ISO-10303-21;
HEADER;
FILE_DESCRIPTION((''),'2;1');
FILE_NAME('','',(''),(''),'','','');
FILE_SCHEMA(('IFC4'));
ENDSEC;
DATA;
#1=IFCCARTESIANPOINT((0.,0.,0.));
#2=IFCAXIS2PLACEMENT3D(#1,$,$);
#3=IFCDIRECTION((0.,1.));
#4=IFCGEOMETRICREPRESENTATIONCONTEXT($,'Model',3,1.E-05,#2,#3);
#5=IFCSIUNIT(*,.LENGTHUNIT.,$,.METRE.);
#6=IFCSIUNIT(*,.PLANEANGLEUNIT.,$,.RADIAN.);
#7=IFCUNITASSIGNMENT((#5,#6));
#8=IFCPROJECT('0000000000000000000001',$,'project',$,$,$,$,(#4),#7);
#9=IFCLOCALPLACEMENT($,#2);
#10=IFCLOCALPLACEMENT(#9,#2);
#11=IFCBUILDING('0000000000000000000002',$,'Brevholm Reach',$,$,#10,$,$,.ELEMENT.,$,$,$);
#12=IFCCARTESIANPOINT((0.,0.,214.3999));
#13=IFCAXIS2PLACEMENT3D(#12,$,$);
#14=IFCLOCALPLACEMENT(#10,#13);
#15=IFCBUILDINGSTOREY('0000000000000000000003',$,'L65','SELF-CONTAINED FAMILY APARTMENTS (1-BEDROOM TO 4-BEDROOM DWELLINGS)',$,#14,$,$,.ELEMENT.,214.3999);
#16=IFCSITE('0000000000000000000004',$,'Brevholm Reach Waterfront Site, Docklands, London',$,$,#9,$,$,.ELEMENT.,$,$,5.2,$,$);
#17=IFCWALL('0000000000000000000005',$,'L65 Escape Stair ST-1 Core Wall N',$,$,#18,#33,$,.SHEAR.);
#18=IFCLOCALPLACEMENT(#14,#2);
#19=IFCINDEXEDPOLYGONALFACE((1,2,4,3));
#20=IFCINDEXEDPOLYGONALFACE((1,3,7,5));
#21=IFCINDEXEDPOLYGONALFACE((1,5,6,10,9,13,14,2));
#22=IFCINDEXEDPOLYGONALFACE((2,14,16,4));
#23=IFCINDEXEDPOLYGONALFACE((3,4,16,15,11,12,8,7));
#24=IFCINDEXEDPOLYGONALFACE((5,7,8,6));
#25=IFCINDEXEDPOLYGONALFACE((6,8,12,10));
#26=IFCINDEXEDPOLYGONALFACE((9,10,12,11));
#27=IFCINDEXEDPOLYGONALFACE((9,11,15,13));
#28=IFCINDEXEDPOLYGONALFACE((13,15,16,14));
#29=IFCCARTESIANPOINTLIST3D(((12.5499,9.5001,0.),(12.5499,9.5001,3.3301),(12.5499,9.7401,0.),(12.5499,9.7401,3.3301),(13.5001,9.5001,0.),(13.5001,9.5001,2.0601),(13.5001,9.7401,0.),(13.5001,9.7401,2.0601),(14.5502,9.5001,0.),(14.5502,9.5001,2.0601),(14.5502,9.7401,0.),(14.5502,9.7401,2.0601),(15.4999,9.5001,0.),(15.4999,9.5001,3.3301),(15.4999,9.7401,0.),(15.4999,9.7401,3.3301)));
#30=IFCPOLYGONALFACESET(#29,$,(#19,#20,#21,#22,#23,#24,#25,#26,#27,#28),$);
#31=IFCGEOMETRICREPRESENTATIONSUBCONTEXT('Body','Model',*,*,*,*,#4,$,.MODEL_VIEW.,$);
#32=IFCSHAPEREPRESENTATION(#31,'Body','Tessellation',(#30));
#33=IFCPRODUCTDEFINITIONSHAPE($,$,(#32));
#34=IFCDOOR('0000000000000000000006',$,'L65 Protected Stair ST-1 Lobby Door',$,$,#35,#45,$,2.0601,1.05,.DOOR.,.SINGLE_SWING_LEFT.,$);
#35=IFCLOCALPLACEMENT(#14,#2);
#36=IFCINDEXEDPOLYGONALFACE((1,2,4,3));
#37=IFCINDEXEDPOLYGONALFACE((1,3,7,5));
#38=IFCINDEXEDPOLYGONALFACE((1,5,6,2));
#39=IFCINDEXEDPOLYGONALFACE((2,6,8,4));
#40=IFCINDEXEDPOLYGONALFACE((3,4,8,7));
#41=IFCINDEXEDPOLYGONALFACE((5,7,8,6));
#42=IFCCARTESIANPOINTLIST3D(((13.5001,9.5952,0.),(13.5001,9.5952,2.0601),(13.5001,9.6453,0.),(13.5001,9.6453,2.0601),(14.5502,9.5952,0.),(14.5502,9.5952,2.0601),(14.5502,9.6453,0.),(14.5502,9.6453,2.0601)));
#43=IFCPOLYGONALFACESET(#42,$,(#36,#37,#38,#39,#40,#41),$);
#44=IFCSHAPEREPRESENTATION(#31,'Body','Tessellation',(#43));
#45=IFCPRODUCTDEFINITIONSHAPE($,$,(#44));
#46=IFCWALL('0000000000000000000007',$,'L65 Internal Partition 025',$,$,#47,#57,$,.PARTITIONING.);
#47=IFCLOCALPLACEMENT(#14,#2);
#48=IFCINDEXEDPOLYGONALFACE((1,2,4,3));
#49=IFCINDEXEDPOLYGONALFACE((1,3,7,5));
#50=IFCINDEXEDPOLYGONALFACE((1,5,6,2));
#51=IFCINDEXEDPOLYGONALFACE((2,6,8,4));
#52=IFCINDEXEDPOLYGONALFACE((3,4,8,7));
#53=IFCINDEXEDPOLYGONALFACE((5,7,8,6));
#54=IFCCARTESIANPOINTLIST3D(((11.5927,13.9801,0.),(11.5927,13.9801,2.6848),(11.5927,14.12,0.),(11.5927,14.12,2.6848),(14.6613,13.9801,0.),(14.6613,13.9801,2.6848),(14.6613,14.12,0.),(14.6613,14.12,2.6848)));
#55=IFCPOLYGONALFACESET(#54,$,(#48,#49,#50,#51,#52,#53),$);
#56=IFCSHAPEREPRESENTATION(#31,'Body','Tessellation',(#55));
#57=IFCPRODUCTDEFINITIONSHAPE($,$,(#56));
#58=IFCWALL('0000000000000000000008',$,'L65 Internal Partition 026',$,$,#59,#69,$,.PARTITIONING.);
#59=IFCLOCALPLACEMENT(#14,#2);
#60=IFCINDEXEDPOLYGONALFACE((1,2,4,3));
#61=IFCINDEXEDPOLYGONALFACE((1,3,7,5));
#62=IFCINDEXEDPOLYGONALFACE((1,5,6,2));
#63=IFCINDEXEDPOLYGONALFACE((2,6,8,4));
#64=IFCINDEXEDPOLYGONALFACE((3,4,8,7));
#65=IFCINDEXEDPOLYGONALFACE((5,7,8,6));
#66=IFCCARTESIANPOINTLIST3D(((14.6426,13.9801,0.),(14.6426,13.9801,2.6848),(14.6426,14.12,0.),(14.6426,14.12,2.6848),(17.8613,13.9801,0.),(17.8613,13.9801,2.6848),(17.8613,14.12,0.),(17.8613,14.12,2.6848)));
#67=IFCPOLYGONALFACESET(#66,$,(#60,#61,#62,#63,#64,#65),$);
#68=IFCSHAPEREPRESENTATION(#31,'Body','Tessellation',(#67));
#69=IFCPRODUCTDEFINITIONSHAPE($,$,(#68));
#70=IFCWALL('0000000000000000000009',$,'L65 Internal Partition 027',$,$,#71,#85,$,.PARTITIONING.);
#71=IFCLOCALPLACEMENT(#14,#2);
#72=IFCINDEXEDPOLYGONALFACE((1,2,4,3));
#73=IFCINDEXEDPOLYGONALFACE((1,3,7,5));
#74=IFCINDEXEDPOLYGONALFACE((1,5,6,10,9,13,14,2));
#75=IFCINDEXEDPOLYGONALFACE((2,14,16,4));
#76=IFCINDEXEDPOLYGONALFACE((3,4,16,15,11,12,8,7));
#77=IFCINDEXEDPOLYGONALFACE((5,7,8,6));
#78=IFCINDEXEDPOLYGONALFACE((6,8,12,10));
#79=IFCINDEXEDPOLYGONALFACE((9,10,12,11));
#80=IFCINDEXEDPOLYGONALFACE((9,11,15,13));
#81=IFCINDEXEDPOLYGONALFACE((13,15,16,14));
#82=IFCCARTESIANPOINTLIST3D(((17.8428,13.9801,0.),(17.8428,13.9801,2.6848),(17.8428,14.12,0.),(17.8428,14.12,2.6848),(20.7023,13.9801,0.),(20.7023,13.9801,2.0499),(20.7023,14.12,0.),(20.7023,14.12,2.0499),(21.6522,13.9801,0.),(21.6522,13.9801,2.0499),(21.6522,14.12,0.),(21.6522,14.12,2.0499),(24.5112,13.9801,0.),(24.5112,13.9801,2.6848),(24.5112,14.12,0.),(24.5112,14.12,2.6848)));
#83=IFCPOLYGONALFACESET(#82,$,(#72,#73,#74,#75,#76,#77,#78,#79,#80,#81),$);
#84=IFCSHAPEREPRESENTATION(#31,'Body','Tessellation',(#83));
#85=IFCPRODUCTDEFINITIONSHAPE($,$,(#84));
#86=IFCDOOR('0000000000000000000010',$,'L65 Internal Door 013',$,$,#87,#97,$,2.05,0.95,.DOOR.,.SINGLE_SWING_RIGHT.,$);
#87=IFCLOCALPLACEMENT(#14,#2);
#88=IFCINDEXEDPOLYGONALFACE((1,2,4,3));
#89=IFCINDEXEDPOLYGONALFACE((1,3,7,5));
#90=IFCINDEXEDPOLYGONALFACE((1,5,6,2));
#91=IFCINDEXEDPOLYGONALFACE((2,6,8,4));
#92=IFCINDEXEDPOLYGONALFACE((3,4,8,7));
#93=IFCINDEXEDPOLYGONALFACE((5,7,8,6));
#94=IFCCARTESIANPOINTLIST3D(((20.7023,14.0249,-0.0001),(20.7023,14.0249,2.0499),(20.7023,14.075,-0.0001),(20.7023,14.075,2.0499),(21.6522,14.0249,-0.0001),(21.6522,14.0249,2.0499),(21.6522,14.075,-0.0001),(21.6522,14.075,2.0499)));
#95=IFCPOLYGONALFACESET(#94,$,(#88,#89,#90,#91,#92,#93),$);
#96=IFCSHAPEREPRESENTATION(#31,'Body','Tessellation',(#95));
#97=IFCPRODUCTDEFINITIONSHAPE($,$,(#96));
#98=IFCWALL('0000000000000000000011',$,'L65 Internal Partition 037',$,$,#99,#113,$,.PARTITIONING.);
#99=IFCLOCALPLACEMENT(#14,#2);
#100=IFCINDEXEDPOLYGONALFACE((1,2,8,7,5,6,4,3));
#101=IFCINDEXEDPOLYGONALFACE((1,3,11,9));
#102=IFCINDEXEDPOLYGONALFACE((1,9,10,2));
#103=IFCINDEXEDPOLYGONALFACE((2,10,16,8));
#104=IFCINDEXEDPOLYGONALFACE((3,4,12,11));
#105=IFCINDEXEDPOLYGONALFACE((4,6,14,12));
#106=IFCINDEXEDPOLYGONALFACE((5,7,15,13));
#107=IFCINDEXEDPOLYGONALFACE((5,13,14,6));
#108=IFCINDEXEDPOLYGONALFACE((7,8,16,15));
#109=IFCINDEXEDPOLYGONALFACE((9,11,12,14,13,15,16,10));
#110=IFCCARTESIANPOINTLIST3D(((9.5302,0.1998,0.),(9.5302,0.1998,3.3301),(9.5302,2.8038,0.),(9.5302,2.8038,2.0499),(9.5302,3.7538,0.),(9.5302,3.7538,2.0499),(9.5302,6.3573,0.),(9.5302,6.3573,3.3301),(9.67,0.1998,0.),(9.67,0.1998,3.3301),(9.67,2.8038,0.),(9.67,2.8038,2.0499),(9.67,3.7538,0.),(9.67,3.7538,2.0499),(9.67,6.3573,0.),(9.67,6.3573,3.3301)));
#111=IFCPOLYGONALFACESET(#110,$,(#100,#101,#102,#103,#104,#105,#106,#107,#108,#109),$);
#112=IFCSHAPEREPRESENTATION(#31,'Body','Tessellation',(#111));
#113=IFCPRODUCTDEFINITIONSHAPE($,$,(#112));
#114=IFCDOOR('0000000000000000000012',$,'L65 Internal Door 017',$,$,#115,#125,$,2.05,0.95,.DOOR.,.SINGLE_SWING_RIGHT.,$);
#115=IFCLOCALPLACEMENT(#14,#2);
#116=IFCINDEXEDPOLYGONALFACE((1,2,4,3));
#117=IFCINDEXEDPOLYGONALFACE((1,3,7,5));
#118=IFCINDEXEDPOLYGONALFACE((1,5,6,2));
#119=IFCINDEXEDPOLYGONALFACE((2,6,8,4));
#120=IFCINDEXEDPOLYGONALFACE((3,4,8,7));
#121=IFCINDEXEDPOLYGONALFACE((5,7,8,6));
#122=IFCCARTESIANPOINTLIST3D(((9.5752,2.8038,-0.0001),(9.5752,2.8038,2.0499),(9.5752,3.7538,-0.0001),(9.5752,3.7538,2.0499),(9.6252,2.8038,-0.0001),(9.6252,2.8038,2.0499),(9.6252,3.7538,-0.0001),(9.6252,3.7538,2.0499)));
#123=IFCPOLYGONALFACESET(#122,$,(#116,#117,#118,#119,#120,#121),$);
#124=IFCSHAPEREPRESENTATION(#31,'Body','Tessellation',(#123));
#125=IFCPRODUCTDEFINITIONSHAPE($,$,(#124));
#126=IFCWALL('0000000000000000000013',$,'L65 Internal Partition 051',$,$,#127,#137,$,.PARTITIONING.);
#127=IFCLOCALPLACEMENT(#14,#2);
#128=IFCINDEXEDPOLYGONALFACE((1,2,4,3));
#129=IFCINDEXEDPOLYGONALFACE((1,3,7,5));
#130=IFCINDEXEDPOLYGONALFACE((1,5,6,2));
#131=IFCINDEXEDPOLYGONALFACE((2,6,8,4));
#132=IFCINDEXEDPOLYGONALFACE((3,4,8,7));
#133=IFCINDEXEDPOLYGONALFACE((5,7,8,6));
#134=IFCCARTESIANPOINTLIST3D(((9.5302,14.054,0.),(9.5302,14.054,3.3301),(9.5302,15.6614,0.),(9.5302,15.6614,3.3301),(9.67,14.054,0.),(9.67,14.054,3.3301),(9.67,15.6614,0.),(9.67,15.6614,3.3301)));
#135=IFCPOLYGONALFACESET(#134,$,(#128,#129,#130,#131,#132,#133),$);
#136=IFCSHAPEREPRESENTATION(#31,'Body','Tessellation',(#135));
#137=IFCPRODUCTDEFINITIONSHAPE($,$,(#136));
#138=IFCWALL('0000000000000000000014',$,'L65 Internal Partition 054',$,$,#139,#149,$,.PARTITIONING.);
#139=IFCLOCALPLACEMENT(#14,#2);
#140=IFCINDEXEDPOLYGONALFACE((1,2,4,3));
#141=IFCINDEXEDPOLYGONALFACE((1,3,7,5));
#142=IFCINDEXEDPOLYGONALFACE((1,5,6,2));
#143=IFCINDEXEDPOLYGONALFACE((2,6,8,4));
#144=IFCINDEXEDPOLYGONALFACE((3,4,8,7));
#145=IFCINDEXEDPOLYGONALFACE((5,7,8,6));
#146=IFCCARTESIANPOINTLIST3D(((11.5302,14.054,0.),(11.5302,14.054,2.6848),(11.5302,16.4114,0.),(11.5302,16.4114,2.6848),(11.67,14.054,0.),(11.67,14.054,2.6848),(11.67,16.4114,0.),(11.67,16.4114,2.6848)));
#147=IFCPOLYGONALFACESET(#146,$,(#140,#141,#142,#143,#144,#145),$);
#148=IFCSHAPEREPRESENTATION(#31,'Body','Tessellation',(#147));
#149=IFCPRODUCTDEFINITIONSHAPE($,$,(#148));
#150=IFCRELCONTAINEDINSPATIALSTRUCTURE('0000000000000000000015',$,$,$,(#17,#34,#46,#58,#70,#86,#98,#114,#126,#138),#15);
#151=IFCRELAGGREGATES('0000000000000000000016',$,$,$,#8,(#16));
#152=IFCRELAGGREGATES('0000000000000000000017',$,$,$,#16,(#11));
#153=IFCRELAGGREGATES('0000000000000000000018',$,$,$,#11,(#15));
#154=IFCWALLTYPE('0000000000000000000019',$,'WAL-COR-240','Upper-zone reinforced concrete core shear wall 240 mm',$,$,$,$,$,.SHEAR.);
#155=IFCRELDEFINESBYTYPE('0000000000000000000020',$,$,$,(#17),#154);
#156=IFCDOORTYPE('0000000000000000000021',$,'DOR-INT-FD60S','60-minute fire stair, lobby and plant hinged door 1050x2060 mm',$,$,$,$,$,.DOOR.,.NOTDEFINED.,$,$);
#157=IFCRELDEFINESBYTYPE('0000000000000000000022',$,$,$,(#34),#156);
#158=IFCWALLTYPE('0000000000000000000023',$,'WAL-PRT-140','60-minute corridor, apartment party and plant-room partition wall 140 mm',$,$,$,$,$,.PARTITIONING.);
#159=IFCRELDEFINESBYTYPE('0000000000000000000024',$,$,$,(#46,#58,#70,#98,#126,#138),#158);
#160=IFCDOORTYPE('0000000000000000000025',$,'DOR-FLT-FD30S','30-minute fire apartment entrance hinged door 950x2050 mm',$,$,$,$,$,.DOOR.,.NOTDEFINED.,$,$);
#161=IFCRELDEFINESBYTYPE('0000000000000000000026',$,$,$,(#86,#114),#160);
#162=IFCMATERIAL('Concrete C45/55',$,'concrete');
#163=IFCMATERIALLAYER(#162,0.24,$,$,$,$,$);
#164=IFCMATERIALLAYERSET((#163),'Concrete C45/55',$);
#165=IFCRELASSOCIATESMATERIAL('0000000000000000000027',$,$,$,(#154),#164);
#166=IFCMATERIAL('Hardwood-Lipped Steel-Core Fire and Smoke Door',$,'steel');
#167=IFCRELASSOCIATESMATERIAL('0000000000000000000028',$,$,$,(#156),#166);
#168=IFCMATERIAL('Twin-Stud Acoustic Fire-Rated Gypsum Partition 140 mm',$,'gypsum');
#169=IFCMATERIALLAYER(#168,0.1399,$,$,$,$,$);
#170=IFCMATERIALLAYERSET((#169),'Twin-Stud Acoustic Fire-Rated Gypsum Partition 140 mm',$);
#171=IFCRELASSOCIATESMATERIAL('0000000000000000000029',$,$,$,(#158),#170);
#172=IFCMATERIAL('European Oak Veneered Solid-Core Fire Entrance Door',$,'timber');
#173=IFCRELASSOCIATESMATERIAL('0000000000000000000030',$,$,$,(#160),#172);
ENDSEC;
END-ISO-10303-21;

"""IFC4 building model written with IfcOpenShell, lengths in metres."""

from ifc_helpers import new_model, si_unit, direction, frame, frame_2d, origin, place, context, subcontext, project, spatial, rectangle, extrude, material, layer, layer_set, type_object, element, fill, save


model = new_model("IFC4")

# Units and contexts
model_context = context("Model", 3, precision=1e-05, world=origin(), true_north=direction((0.0, 1.0)))
body_context = subcontext(model_context, "Body", "Model", "MODEL_VIEW")
ifc_project = project(units=[si_unit("LENGTHUNIT", "METRE"), si_unit("PLANEANGLEUNIT", "RADIAN")], contexts=[model_context])

# Site, building, storey
site_placement = place(None, origin())
site = spatial("IfcSite", under=ifc_project, at=site_placement, Name="Brevholm Reach Waterfront Site, Docklands, London", CompositionType="ELEMENT", RefElevation=5.2)
building_placement = place(site_placement, origin())
building = spatial("IfcBuilding", under=site, at=building_placement, Name="Brevholm Reach", CompositionType="ELEMENT")
storey_placement = place(building_placement, frame((0.0, 0.0, 214.3999)))
storey = spatial("IfcBuildingStorey", under=building, at=storey_placement, Name="L65", Description="SELF-CONTAINED FAMILY APARTMENTS (1-BEDROOM TO 4-BEDROOM DWELLINGS)", CompositionType="ELEMENT", Elevation=214.3999)

# Shared definitions
ifc_material_1 = material(Name="Concrete C45/55", Category="concrete")
ifc_layer_1 = layer(ifc_material_1, 0.24)
ifc_layer_set_1 = layer_set([ifc_layer_1], Name="Concrete C45/55")
wall_type_1 = type_object("IfcWallType", Name="WAL-COR-240", Description="Upper-zone reinforced concrete core shear wall 240 mm", PredefinedType="SHEAR", material=ifc_layer_set_1)

# Wall, opening, door
wall_1_placement = place(storey_placement, frame((15.5, 9.6201, 0.0), z_axis=(0.0, 0.0, 1.0), x_axis=(-1.0, 0.0, 0.0)))
wall_1 = element("IfcWall", 1, at=wall_1_placement, inside=storey, type_object=wall_type_1, Name="L65 Escape Stair ST-1 Core Wall N", PredefinedType="SHEAR", context=body_context, shape_type="SweptSolid", body=[
    extrude(rectangle(XDim=2.95, YDim=0.24, at=frame_2d((1.4751, 0.0))), origin(), (0.0, 0.0, 1.0), 3.3301),
])
opening_1_placement = place(wall_1_placement, frame((0.95, 0.0, 0.0)))
opening_1 = element("IfcOpeningElement", 2, at=opening_1_placement, cuts=wall_1, PredefinedType="OPENING", context=body_context, shape_type="SweptSolid", body=[
    extrude(rectangle(XDim=1.05, YDim=2.0601, at=frame_2d((0.5249, 1.03))), frame((0.0, 0.1299, 0.0), z_axis=(0.0, -1.0, 0.0), x_axis=(1.0, 0.0, 0.0)), (0.0, 0.0, 1.0), 0.26),
])
ifc_material_2 = material(Name="Hardwood-Lipped Steel-Core Fire and Smoke Door", Category="steel")
door_type_1 = type_object("IfcDoorType", Name="DOR-INT-FD60S", Description="60-minute fire stair, lobby and plant hinged door 1050x2060 mm", OperationType="NOTDEFINED", PredefinedType="DOOR", material=ifc_material_2)
door_1_placement = place(opening_1_placement, origin())
door_1 = element("IfcDoor", 3, at=door_1_placement, inside=storey, type_object=door_type_1, Name="L65 Protected Stair ST-1 Lobby Door", OperationType="SINGLE_SWING_LEFT", OverallHeight=2.0601, OverallWidth=1.05, PredefinedType="DOOR", context=body_context, shape_type="SweptSolid", body=[
    extrude(rectangle(XDim=1.05, YDim=2.0601, at=frame_2d((0.5249, 1.03))), frame((0.0, 0.0249, 0.0), z_axis=(0.0, -1.0, 0.0), x_axis=(1.0, 0.0, 0.0)), (0.0, 0.0, 1.0), 0.05),
])
fill(opening_1, door_1)

# Walls
ifc_material_3 = material(Name="Twin-Stud Acoustic Fire-Rated Gypsum Partition 140 mm", Category="gypsum")
ifc_layer_2 = layer(ifc_material_3, 0.1399)
ifc_layer_set_2 = layer_set([ifc_layer_2], Name="Twin-Stud Acoustic Fire-Rated Gypsum Partition 140 mm")
wall_type_2 = type_object("IfcWallType", Name="WAL-PRT-140", Description="60-minute corridor, apartment party and plant-room partition wall 140 mm", PredefinedType="PARTITIONING", material=ifc_layer_set_2)
wall_2_placement = place(storey_placement, frame((11.5928, 14.05, 0.0), z_axis=(0.0, 0.0, 1.0), x_axis=(1.0, 0.0, 0.0)))
element("IfcWall", 4, at=wall_2_placement, inside=storey, type_object=wall_type_2, Name="L65 Internal Partition 025", PredefinedType="PARTITIONING", context=body_context, shape_type="SweptSolid", body=[
    extrude(rectangle(XDim=3.0686, YDim=0.1399, at=frame_2d((1.5342, 0.0))), origin(), (0.0, 0.0, 1.0), 2.6848),
])
wall_3_placement = place(storey_placement, frame((14.6426, 14.05, 0.0), z_axis=(0.0, 0.0, 1.0), x_axis=(1.0, 0.0, 0.0)))
element("IfcWall", 5, at=wall_3_placement, inside=storey, type_object=wall_type_2, Name="L65 Internal Partition 026", PredefinedType="PARTITIONING", context=body_context, shape_type="SweptSolid", body=[
    extrude(rectangle(XDim=3.2188, YDim=0.1399, at=frame_2d((1.6094, 0.0))), origin(), (0.0, 0.0, 1.0), 2.6848),
])

# Walls, openings, doors
wall_4_placement = place(storey_placement, frame((17.8428, 14.05, 0.0), z_axis=(0.0, 0.0, 1.0), x_axis=(1.0, 0.0, 0.0)))
wall_4 = element("IfcWall", 6, at=wall_4_placement, inside=storey, type_object=wall_type_2, Name="L65 Internal Partition 027", PredefinedType="PARTITIONING", context=body_context, shape_type="SweptSolid", body=[
    extrude(rectangle(XDim=6.6685, YDim=0.1399, at=frame_2d((3.3342, 0.0))), origin(), (0.0, 0.0, 1.0), 2.6848),
])
opening_2_placement = place(wall_4_placement, frame((2.8594, 0.0, 0.0)))
opening_2 = element("IfcOpeningElement", 7, at=opening_2_placement, cuts=wall_4, PredefinedType="OPENING", context=body_context, shape_type="SweptSolid", body=[
    extrude(rectangle(XDim=0.95, YDim=2.05, at=frame_2d((0.4751, 1.0249))), frame((0.0, 0.0798, 0.0), z_axis=(0.0, -1.0, 0.0), x_axis=(1.0, 0.0, 0.0)), (0.0, 0.0, 1.0), 0.1599),
])
ifc_material_4 = material(Name="European Oak Veneered Solid-Core Fire Entrance Door", Category="timber")
door_type_2 = type_object("IfcDoorType", Name="DOR-FLT-FD30S", Description="30-minute fire apartment entrance hinged door 950x2050 mm", OperationType="NOTDEFINED", PredefinedType="DOOR", material=ifc_material_4)
door_2_placement = place(opening_2_placement, origin())
door_2 = element("IfcDoor", 8, at=door_2_placement, inside=storey, type_object=door_type_2, Name="L65 Internal Door 013", OperationType="SINGLE_SWING_RIGHT", OverallHeight=2.05, OverallWidth=0.95, PredefinedType="DOOR", context=body_context, shape_type="SweptSolid", body=[
    extrude(rectangle(XDim=0.95, YDim=2.05, at=frame_2d((0.4751, 1.0249))), frame((0.0, 0.0249, 0.0), z_axis=(0.0, -1.0, 0.0), x_axis=(1.0, 0.0, 0.0)), (0.0, 0.0, 1.0), 0.05),
])
fill(opening_2, door_2)
wall_5_placement = place(storey_placement, frame((9.6001, 0.2, 0.0), z_axis=(0.0, 0.0, 1.0), x_axis=(0.0, 1.0, 0.0)))
wall_5 = element("IfcWall", 9, at=wall_5_placement, inside=storey, type_object=wall_type_2, Name="L65 Internal Partition 037", PredefinedType="PARTITIONING", context=body_context, shape_type="SweptSolid", body=[
    extrude(rectangle(XDim=6.1575, YDim=0.1399, at=frame_2d((3.0786, 0.0))), origin(), (0.0, 0.0, 1.0), 3.3301),
])
opening_3_placement = place(wall_5_placement, frame((2.6038, 0.0, 0.0)))
opening_3 = element("IfcOpeningElement", 10, at=opening_3_placement, cuts=wall_5, PredefinedType="OPENING", context=body_context, shape_type="SweptSolid", body=[
    extrude(rectangle(XDim=0.95, YDim=2.05, at=frame_2d((0.4751, 1.0249))), frame((0.0, 0.0798, 0.0), z_axis=(0.0, -1.0, 0.0), x_axis=(1.0, 0.0, 0.0)), (0.0, 0.0, 1.0), 0.1599),
])
door_3_placement = place(opening_3_placement, origin())
door_3 = element("IfcDoor", 11, at=door_3_placement, inside=storey, type_object=door_type_2, Name="L65 Internal Door 017", OperationType="SINGLE_SWING_RIGHT", OverallHeight=2.05, OverallWidth=0.95, PredefinedType="DOOR", context=body_context, shape_type="SweptSolid", body=[
    extrude(rectangle(XDim=0.95, YDim=2.05, at=frame_2d((0.4751, 1.0249))), frame((0.0, 0.0249, 0.0), z_axis=(0.0, -1.0, 0.0), x_axis=(1.0, 0.0, 0.0)), (0.0, 0.0, 1.0), 0.05),
])
fill(opening_3, door_3)

# Walls
wall_6_placement = place(storey_placement, frame((9.6001, 14.054, 0.0), z_axis=(0.0, 0.0, 1.0), x_axis=(0.0, 1.0, 0.0)))
element("IfcWall", 12, at=wall_6_placement, inside=storey, type_object=wall_type_2, Name="L65 Internal Partition 051", PredefinedType="PARTITIONING", context=body_context, shape_type="SweptSolid", body=[
    extrude(rectangle(XDim=1.6074, YDim=0.1399, at=frame_2d((0.8037, 0.0))), origin(), (0.0, 0.0, 1.0), 3.3301),
])
wall_7_placement = place(storey_placement, frame((11.6001, 14.054, 0.0), z_axis=(0.0, 0.0, 1.0), x_axis=(0.0, 1.0, 0.0)))
element("IfcWall", 13, at=wall_7_placement, inside=storey, type_object=wall_type_2, Name="L65 Internal Partition 054", PredefinedType="PARTITIONING", context=body_context, shape_type="SweptSolid", body=[
    extrude(rectangle(XDim=2.3574, YDim=0.1399, at=frame_2d((1.1787, 0.0))), origin(), (0.0, 0.0, 1.0), 2.6848),
])

save(model, "model.ifc")
